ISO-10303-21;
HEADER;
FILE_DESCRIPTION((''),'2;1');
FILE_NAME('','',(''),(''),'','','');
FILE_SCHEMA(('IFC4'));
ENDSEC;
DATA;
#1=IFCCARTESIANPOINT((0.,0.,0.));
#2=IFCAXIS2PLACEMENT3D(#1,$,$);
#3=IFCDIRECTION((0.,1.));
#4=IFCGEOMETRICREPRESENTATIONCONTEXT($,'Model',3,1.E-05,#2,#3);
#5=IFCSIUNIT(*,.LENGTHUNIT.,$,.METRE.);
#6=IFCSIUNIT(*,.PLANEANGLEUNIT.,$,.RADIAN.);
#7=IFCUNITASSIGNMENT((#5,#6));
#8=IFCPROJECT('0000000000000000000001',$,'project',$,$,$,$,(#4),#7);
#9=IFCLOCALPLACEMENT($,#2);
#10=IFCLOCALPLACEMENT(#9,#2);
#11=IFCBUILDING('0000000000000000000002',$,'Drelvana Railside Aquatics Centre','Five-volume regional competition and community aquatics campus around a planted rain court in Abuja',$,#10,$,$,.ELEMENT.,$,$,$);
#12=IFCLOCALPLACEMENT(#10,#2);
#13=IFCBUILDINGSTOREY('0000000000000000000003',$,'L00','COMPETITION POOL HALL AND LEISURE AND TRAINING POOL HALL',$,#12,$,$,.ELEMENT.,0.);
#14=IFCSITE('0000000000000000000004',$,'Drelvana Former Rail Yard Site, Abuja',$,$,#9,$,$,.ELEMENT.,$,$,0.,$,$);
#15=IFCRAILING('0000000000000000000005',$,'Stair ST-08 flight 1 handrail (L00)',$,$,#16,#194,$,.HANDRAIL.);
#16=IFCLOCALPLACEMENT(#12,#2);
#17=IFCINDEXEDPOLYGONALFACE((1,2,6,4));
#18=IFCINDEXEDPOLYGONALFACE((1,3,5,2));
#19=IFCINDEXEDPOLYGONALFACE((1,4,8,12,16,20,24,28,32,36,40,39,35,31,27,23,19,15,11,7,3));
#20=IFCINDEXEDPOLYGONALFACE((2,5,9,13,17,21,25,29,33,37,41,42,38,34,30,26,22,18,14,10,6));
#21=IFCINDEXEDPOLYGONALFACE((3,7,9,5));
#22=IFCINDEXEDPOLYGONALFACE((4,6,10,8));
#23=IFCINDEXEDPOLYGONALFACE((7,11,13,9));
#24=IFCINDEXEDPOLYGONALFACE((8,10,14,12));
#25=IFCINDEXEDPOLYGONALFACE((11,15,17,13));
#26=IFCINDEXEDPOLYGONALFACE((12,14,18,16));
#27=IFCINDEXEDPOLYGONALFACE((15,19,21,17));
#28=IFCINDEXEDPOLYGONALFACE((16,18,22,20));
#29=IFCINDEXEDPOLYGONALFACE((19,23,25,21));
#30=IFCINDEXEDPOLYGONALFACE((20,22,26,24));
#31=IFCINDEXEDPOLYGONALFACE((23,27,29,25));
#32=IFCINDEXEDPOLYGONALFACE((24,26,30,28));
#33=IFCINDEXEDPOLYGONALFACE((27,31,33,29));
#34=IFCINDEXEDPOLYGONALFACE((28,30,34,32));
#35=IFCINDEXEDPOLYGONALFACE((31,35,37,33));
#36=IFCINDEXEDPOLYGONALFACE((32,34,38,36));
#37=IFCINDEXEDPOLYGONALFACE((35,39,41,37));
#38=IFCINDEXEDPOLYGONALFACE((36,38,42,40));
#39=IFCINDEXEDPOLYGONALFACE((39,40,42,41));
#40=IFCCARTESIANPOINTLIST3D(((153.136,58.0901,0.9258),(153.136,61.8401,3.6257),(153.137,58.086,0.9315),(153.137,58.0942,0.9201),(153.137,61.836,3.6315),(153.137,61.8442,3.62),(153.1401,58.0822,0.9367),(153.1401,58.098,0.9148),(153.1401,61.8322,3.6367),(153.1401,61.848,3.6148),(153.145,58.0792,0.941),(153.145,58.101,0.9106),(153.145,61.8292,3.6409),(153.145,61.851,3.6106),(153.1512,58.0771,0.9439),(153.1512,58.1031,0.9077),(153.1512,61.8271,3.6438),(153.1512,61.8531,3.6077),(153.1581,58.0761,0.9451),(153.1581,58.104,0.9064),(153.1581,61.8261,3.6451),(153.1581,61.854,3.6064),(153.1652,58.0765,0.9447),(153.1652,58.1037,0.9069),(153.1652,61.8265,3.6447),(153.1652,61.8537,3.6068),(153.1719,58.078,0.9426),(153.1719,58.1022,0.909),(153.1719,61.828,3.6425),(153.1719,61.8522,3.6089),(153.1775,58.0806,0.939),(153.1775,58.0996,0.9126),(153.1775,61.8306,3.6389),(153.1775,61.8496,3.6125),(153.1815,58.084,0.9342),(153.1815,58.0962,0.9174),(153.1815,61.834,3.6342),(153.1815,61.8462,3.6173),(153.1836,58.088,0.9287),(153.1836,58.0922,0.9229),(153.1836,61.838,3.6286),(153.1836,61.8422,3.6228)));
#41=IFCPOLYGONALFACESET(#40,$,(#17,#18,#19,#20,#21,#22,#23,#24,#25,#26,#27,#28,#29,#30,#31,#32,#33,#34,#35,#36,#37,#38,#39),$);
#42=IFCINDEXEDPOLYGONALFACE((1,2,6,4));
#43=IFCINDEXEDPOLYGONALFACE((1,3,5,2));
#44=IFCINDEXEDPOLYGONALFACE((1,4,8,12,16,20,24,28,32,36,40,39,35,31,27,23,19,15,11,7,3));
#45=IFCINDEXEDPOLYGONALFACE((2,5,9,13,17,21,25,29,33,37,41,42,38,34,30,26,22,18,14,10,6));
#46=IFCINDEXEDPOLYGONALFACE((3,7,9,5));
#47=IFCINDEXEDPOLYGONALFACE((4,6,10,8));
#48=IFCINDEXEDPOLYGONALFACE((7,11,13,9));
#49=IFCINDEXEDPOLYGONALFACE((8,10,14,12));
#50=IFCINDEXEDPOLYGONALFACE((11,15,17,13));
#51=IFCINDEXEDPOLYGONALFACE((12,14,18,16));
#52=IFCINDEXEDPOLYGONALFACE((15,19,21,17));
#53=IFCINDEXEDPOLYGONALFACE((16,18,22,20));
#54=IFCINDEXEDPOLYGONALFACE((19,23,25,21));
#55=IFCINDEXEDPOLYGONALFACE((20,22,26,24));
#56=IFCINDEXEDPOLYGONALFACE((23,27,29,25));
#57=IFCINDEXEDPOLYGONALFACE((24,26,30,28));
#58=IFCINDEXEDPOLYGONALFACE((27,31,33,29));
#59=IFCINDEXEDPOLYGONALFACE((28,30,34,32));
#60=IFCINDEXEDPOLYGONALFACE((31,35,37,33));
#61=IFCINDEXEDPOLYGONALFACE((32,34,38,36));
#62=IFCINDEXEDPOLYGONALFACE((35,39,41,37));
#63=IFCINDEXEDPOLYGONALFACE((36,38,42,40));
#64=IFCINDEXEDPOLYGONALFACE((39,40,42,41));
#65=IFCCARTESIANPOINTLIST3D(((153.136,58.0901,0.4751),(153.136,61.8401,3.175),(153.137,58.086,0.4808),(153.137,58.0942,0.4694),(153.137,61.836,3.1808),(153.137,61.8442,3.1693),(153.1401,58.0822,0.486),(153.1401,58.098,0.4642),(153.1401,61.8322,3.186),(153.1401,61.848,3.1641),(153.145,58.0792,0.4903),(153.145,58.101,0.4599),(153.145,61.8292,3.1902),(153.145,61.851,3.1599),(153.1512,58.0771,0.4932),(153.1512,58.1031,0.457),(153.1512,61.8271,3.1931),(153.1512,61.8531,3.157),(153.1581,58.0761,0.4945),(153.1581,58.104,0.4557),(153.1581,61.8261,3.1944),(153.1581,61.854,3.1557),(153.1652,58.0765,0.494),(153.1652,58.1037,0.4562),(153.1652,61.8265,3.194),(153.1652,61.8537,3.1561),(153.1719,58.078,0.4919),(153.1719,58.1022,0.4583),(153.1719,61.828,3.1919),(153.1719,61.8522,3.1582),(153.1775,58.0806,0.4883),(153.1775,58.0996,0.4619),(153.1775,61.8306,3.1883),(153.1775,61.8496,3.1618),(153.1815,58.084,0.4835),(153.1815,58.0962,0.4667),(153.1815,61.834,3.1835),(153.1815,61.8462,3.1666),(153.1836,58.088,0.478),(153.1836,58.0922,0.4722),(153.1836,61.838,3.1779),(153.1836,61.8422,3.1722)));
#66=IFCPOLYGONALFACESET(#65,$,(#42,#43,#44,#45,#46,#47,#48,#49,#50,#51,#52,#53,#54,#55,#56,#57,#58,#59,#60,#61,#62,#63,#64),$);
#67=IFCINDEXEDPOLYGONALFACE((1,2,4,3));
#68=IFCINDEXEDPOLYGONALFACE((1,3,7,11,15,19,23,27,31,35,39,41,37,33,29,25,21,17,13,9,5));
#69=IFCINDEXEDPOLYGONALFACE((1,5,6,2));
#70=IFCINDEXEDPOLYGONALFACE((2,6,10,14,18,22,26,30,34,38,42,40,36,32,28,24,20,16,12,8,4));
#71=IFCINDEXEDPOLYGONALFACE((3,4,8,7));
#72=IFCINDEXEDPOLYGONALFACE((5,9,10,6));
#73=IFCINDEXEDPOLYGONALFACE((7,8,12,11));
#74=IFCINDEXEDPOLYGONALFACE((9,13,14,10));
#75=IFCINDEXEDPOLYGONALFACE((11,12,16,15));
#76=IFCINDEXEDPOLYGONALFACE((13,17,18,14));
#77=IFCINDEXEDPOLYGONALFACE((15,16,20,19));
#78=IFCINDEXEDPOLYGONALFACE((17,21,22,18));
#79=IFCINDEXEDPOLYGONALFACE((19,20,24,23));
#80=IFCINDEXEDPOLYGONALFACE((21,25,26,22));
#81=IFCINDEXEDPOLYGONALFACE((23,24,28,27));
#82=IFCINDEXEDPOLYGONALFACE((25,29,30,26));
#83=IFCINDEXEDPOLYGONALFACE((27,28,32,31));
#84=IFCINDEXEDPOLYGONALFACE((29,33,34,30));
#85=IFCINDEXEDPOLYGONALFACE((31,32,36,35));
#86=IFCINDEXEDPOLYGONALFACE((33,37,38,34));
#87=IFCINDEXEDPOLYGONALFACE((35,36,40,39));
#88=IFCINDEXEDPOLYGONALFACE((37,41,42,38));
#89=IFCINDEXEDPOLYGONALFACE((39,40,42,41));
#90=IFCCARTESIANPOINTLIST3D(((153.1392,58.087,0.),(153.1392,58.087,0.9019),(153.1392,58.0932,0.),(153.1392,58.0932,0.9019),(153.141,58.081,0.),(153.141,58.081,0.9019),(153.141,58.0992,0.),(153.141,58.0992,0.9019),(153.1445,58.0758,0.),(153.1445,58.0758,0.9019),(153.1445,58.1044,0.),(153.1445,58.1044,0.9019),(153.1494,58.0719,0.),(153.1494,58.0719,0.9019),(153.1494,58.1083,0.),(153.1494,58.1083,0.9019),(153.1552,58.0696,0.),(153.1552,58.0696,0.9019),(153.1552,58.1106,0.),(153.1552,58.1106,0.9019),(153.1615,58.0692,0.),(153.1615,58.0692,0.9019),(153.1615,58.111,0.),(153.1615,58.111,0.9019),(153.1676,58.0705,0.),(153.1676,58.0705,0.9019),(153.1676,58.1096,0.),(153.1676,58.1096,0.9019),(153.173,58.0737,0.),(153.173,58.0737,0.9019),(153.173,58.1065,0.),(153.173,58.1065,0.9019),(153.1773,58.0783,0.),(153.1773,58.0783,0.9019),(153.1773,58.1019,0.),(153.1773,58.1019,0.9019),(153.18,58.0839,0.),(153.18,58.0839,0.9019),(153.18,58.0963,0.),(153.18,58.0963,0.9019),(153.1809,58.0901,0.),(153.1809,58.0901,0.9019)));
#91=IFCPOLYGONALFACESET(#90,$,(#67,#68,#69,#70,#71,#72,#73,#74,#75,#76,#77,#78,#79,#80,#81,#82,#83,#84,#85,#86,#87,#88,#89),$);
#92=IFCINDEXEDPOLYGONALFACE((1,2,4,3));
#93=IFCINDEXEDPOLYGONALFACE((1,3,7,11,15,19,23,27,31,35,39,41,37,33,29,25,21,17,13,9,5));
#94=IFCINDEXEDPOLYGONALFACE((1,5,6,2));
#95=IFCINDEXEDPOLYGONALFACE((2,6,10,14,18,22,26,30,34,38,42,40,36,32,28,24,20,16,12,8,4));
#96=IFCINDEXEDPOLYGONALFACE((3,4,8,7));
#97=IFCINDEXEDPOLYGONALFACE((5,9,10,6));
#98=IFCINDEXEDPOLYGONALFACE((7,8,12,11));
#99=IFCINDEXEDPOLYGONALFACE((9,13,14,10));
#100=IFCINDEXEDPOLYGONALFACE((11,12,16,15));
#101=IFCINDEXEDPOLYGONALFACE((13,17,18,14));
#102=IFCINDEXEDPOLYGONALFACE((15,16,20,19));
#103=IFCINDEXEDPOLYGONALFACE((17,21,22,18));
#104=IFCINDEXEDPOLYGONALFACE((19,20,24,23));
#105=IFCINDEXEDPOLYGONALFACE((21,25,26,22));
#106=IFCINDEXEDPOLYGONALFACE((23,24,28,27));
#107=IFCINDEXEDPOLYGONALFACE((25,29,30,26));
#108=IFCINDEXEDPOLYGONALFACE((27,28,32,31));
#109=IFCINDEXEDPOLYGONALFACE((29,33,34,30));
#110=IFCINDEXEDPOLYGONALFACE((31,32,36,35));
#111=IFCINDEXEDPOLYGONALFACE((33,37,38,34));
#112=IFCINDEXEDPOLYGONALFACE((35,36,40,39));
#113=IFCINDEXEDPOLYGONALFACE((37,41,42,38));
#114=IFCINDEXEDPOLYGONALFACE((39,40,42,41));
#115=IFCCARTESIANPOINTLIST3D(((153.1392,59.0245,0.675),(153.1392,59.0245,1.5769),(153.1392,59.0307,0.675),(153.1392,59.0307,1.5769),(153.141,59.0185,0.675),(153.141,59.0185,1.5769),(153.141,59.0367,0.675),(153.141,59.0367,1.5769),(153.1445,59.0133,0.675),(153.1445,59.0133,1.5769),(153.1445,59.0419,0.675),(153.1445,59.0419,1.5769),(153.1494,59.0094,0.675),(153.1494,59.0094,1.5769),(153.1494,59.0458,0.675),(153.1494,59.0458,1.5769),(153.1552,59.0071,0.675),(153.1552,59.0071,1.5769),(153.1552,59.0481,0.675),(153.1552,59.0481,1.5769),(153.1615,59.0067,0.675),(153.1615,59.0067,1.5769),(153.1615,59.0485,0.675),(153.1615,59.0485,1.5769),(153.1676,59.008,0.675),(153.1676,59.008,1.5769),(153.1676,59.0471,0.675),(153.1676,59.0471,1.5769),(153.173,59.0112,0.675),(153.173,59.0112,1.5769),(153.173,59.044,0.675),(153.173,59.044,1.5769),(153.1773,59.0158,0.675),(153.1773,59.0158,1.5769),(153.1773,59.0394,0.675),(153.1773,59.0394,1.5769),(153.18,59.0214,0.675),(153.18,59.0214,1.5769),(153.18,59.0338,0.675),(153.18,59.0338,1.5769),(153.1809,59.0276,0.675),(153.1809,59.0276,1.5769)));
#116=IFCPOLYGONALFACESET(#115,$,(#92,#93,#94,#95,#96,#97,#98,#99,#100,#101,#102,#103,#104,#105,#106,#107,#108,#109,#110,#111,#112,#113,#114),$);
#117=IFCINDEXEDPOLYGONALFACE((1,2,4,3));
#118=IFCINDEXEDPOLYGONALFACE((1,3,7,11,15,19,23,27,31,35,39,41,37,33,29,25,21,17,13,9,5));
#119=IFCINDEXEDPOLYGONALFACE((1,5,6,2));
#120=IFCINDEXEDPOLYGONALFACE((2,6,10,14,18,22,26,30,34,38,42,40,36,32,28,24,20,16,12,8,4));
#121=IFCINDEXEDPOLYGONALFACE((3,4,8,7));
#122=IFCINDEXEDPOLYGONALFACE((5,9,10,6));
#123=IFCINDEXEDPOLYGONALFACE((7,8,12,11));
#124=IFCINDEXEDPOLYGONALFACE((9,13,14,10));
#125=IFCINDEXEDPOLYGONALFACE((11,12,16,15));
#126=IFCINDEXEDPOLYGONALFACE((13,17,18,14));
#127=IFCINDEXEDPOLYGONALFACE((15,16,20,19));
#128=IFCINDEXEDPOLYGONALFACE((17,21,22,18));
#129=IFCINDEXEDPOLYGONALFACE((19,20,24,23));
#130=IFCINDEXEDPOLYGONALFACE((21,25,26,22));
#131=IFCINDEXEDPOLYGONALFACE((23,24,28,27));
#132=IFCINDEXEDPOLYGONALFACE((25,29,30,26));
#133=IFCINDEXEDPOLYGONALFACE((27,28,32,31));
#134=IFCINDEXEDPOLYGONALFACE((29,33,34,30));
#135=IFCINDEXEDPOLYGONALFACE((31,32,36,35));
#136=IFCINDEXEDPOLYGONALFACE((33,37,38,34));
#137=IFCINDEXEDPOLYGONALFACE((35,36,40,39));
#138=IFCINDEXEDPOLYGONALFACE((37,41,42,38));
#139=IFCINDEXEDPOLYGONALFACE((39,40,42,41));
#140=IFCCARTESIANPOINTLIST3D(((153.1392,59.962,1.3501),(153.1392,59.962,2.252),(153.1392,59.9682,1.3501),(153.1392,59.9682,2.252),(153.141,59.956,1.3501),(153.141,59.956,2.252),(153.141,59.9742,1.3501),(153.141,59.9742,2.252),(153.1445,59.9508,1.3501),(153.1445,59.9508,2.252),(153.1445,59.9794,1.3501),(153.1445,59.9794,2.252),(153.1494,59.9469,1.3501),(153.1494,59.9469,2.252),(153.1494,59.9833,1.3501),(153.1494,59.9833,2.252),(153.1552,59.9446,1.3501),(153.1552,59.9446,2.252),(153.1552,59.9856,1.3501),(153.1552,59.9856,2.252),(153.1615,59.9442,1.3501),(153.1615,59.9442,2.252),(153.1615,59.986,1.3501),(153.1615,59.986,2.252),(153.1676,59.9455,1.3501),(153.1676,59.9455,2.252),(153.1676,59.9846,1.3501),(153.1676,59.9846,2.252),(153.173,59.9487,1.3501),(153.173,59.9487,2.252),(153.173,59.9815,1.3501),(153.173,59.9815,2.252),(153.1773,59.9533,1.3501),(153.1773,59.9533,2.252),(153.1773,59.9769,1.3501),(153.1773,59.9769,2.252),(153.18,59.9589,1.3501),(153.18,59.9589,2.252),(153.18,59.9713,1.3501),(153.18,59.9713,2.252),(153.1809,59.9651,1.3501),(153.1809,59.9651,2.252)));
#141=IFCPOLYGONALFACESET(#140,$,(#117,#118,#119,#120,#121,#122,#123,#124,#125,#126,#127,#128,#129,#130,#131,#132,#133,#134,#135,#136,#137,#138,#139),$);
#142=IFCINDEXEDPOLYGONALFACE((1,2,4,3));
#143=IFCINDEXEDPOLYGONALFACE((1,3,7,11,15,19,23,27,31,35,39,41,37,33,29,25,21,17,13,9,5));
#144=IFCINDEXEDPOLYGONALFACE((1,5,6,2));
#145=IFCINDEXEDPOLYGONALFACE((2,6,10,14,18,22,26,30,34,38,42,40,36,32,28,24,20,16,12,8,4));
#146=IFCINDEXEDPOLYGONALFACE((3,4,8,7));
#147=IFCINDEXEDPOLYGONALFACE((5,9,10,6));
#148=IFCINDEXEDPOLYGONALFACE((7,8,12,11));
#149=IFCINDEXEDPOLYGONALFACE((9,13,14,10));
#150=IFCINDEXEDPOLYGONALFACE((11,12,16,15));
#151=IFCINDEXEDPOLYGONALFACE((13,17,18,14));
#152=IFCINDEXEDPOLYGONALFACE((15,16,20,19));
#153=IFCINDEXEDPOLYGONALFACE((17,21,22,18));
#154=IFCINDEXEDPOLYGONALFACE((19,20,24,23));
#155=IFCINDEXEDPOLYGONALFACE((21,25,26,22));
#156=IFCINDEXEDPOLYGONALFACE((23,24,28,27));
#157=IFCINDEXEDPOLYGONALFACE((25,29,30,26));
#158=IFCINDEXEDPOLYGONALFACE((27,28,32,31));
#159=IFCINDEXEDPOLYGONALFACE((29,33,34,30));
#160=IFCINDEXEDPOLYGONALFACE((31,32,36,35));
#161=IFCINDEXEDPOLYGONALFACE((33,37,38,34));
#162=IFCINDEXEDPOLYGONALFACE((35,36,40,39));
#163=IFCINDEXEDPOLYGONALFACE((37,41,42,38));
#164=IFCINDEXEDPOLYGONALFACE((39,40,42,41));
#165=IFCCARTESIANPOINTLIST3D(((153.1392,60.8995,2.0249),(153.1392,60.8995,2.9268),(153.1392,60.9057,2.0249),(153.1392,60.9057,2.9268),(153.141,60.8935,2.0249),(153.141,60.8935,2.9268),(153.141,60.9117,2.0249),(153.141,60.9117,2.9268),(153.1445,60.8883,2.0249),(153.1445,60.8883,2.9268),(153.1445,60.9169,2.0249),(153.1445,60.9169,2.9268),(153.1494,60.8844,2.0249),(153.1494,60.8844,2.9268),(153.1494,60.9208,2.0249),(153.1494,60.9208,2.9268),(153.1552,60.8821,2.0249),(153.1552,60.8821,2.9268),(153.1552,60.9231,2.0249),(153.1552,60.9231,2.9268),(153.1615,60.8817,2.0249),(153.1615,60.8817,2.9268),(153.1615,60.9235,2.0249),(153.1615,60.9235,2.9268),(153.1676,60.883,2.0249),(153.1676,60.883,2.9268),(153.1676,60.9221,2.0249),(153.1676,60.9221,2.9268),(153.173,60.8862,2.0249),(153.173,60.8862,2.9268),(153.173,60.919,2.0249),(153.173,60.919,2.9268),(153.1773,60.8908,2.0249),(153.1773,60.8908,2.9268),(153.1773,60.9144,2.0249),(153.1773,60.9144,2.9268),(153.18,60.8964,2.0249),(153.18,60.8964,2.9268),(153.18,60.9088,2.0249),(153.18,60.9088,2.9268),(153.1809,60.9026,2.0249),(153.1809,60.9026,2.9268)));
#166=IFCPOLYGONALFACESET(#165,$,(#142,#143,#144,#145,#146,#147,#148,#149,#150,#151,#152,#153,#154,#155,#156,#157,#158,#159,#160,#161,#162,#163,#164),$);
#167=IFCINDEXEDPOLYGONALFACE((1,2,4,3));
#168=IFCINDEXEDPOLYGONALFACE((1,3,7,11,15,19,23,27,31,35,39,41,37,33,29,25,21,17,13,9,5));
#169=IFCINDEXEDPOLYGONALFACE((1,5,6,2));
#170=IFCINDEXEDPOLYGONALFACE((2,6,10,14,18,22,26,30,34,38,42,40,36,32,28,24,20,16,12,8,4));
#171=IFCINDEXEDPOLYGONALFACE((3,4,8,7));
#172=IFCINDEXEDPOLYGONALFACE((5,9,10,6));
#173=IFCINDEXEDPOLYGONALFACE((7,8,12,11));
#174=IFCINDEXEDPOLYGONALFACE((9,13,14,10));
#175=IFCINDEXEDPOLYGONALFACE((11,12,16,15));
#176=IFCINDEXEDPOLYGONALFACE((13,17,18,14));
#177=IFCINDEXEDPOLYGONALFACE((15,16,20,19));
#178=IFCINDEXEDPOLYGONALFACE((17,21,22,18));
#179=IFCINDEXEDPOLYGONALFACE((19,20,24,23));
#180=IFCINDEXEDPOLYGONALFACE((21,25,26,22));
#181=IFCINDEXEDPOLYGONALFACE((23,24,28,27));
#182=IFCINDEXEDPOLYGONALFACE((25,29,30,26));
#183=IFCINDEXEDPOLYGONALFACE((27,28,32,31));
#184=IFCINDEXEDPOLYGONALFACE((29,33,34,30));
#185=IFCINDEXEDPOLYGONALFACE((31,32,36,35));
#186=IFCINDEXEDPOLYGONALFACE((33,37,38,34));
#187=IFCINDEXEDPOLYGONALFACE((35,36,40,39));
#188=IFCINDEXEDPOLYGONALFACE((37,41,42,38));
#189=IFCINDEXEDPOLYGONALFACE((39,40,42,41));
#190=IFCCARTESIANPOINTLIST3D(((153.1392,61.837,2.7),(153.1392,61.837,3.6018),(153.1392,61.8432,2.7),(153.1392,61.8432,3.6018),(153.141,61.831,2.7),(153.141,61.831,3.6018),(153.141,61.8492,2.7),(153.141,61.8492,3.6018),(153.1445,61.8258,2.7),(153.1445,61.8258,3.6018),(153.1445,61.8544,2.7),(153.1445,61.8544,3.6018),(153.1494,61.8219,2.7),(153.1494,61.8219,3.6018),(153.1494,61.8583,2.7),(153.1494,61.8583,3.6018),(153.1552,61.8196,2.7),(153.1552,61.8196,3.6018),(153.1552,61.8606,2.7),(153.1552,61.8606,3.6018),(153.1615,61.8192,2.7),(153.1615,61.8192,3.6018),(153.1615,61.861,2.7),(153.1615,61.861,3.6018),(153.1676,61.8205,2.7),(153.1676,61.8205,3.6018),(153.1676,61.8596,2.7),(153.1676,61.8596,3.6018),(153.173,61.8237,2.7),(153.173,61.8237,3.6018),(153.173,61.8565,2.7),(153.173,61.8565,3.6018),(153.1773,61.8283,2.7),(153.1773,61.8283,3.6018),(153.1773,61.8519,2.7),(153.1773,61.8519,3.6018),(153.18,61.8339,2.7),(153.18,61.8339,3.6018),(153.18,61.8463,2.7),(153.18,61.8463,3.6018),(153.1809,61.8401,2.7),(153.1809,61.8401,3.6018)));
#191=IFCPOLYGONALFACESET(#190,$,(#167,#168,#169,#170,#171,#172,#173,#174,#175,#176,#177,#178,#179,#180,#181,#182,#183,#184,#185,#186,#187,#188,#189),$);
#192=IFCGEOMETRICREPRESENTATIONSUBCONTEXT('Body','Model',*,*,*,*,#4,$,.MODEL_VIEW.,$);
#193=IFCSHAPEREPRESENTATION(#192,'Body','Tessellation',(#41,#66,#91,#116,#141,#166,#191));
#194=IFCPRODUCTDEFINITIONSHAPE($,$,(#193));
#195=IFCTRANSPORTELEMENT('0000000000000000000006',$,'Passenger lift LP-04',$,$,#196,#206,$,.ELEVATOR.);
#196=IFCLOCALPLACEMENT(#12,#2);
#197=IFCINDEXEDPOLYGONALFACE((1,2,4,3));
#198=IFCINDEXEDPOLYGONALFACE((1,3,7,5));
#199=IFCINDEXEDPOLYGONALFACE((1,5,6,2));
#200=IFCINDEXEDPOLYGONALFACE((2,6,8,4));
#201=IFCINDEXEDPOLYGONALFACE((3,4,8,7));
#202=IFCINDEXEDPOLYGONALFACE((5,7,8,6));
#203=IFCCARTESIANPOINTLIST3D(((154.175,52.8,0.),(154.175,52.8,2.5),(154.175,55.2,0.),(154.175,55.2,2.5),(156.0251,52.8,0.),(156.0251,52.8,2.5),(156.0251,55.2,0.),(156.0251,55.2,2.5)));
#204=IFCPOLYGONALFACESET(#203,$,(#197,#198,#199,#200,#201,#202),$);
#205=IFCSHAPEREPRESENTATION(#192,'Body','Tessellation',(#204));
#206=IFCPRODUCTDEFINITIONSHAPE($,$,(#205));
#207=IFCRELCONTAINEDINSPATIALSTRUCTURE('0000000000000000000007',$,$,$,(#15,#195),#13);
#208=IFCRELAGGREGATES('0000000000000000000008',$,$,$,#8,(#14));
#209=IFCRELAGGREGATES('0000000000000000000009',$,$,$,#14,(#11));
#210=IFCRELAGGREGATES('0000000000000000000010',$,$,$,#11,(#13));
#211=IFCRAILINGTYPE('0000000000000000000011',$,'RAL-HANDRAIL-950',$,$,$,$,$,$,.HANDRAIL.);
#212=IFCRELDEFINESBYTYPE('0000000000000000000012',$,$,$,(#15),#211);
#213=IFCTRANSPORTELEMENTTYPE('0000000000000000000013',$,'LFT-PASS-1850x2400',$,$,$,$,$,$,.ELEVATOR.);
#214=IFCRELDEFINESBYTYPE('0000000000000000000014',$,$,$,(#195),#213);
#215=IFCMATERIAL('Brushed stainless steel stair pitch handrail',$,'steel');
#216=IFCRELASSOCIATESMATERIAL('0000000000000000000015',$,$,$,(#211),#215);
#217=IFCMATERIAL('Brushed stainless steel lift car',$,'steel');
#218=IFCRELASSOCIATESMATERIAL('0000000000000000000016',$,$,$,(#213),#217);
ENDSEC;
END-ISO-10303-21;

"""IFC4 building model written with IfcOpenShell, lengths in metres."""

from ifc_helpers import new_model, si_unit, direction, frame, origin, origin_2d, place, context, subcontext, project, spatial, rectangle, circle, extrude, material, type_object, element, save


model = new_model("IFC4")

# Units and contexts
model_context = context("Model", 3, precision=1e-05, world=origin(), true_north=direction((0.0, 1.0)))
body_context = subcontext(model_context, "Body", "Model", "MODEL_VIEW")
ifc_project = project(units=[si_unit("LENGTHUNIT", "METRE"), si_unit("PLANEANGLEUNIT", "RADIAN")], contexts=[model_context])

# Site, building, storey
site_placement = place(None, origin())
site = spatial("IfcSite", under=ifc_project, at=site_placement, Name="Drelvana Former Rail Yard Site, Abuja", CompositionType="ELEMENT", RefElevation=0.0)
building_placement = place(site_placement, origin())
building = spatial("IfcBuilding", under=site, at=building_placement, Name="Drelvana Railside Aquatics Centre", Description="Five-volume regional competition and community aquatics campus around a planted rain court in Abuja", CompositionType="ELEMENT")
storey_placement = place(building_placement, origin())
storey = spatial("IfcBuildingStorey", under=building, at=storey_placement, Name="L00", Description="COMPETITION POOL HALL AND LEISURE AND TRAINING POOL HALL", CompositionType="ELEMENT", Elevation=0.0)

# Railing
ifc_material_1 = material(Name="Brushed stainless steel stair pitch handrail", Category="steel")
railing_type = type_object("IfcRailingType", Name="RAL-HANDRAIL-950", PredefinedType="HANDRAIL", material=ifc_material_1)
railing_1_placement = place(storey_placement, frame((153.1599, 58.0901, 0.0)))
element("IfcRailing", 1, at=railing_1_placement, inside=storey, type_object=railing_type, Name="Stair ST-08 flight 1 handrail (L00)", PredefinedType="HANDRAIL", context=body_context, shape_type="SweptSolid", body=[
    extrude(circle(Radius=0.0239, at=origin_2d()), frame((0.0, 0.0, 0.9258), z_axis=(0.0, 0.811539, 0.584298), x_axis=(-1.0, 0.0, 0.0)), (0.0, 0.0, 1.0), 4.6208),
    extrude(circle(Radius=0.0239, at=origin_2d()), frame((0.0, 0.0, 0.4751), z_axis=(0.0, 0.811539, 0.584298), x_axis=(-1.0, 0.0, 0.0)), (0.0, 0.0, 1.0), 4.6208),
    extrude(circle(Radius=0.021, at=origin_2d()), origin(), (0.0, 0.0, 1.0), 0.9019),
    extrude(circle(Radius=0.021, at=origin_2d()), frame((0.0, 0.9375, 0.675)), (0.0, 0.0, 1.0), 0.9019),
    extrude(circle(Radius=0.021, at=origin_2d()), frame((0.0, 1.875, 1.3501)), (0.0, 0.0, 1.0), 0.9019),
    extrude(circle(Radius=0.021, at=origin_2d()), frame((0.0, 2.8125, 2.0249)), (0.0, 0.0, 1.0), 0.9019),
    extrude(circle(Radius=0.021, at=origin_2d()), frame((0.0, 3.75, 2.7)), (0.0, 0.0, 1.0), 0.9019),
])

# Transport element
ifc_material_2 = material(Name="Brushed stainless steel lift car", Category="steel")
transport_element_type = type_object("IfcTransportElementType", Name="LFT-PASS-1850x2400", PredefinedType="ELEVATOR", material=ifc_material_2)
transport_element_placement = place(storey_placement, frame((155.1001, 54.0, 0.0), z_axis=(0.0, 0.0, 1.0), x_axis=(1.0, 0.0, 0.0)))
element("IfcTransportElement", 2, at=transport_element_placement, inside=storey, type_object=transport_element_type, Name="Passenger lift LP-04", PredefinedType="ELEVATOR", context=body_context, shape_type="SweptSolid", body=[
    extrude(rectangle(XDim=1.8501, YDim=2.3999, at=origin_2d()), origin(), (0.0, 0.0, 1.0), 2.5),
])

save(model, "model.ifc")
